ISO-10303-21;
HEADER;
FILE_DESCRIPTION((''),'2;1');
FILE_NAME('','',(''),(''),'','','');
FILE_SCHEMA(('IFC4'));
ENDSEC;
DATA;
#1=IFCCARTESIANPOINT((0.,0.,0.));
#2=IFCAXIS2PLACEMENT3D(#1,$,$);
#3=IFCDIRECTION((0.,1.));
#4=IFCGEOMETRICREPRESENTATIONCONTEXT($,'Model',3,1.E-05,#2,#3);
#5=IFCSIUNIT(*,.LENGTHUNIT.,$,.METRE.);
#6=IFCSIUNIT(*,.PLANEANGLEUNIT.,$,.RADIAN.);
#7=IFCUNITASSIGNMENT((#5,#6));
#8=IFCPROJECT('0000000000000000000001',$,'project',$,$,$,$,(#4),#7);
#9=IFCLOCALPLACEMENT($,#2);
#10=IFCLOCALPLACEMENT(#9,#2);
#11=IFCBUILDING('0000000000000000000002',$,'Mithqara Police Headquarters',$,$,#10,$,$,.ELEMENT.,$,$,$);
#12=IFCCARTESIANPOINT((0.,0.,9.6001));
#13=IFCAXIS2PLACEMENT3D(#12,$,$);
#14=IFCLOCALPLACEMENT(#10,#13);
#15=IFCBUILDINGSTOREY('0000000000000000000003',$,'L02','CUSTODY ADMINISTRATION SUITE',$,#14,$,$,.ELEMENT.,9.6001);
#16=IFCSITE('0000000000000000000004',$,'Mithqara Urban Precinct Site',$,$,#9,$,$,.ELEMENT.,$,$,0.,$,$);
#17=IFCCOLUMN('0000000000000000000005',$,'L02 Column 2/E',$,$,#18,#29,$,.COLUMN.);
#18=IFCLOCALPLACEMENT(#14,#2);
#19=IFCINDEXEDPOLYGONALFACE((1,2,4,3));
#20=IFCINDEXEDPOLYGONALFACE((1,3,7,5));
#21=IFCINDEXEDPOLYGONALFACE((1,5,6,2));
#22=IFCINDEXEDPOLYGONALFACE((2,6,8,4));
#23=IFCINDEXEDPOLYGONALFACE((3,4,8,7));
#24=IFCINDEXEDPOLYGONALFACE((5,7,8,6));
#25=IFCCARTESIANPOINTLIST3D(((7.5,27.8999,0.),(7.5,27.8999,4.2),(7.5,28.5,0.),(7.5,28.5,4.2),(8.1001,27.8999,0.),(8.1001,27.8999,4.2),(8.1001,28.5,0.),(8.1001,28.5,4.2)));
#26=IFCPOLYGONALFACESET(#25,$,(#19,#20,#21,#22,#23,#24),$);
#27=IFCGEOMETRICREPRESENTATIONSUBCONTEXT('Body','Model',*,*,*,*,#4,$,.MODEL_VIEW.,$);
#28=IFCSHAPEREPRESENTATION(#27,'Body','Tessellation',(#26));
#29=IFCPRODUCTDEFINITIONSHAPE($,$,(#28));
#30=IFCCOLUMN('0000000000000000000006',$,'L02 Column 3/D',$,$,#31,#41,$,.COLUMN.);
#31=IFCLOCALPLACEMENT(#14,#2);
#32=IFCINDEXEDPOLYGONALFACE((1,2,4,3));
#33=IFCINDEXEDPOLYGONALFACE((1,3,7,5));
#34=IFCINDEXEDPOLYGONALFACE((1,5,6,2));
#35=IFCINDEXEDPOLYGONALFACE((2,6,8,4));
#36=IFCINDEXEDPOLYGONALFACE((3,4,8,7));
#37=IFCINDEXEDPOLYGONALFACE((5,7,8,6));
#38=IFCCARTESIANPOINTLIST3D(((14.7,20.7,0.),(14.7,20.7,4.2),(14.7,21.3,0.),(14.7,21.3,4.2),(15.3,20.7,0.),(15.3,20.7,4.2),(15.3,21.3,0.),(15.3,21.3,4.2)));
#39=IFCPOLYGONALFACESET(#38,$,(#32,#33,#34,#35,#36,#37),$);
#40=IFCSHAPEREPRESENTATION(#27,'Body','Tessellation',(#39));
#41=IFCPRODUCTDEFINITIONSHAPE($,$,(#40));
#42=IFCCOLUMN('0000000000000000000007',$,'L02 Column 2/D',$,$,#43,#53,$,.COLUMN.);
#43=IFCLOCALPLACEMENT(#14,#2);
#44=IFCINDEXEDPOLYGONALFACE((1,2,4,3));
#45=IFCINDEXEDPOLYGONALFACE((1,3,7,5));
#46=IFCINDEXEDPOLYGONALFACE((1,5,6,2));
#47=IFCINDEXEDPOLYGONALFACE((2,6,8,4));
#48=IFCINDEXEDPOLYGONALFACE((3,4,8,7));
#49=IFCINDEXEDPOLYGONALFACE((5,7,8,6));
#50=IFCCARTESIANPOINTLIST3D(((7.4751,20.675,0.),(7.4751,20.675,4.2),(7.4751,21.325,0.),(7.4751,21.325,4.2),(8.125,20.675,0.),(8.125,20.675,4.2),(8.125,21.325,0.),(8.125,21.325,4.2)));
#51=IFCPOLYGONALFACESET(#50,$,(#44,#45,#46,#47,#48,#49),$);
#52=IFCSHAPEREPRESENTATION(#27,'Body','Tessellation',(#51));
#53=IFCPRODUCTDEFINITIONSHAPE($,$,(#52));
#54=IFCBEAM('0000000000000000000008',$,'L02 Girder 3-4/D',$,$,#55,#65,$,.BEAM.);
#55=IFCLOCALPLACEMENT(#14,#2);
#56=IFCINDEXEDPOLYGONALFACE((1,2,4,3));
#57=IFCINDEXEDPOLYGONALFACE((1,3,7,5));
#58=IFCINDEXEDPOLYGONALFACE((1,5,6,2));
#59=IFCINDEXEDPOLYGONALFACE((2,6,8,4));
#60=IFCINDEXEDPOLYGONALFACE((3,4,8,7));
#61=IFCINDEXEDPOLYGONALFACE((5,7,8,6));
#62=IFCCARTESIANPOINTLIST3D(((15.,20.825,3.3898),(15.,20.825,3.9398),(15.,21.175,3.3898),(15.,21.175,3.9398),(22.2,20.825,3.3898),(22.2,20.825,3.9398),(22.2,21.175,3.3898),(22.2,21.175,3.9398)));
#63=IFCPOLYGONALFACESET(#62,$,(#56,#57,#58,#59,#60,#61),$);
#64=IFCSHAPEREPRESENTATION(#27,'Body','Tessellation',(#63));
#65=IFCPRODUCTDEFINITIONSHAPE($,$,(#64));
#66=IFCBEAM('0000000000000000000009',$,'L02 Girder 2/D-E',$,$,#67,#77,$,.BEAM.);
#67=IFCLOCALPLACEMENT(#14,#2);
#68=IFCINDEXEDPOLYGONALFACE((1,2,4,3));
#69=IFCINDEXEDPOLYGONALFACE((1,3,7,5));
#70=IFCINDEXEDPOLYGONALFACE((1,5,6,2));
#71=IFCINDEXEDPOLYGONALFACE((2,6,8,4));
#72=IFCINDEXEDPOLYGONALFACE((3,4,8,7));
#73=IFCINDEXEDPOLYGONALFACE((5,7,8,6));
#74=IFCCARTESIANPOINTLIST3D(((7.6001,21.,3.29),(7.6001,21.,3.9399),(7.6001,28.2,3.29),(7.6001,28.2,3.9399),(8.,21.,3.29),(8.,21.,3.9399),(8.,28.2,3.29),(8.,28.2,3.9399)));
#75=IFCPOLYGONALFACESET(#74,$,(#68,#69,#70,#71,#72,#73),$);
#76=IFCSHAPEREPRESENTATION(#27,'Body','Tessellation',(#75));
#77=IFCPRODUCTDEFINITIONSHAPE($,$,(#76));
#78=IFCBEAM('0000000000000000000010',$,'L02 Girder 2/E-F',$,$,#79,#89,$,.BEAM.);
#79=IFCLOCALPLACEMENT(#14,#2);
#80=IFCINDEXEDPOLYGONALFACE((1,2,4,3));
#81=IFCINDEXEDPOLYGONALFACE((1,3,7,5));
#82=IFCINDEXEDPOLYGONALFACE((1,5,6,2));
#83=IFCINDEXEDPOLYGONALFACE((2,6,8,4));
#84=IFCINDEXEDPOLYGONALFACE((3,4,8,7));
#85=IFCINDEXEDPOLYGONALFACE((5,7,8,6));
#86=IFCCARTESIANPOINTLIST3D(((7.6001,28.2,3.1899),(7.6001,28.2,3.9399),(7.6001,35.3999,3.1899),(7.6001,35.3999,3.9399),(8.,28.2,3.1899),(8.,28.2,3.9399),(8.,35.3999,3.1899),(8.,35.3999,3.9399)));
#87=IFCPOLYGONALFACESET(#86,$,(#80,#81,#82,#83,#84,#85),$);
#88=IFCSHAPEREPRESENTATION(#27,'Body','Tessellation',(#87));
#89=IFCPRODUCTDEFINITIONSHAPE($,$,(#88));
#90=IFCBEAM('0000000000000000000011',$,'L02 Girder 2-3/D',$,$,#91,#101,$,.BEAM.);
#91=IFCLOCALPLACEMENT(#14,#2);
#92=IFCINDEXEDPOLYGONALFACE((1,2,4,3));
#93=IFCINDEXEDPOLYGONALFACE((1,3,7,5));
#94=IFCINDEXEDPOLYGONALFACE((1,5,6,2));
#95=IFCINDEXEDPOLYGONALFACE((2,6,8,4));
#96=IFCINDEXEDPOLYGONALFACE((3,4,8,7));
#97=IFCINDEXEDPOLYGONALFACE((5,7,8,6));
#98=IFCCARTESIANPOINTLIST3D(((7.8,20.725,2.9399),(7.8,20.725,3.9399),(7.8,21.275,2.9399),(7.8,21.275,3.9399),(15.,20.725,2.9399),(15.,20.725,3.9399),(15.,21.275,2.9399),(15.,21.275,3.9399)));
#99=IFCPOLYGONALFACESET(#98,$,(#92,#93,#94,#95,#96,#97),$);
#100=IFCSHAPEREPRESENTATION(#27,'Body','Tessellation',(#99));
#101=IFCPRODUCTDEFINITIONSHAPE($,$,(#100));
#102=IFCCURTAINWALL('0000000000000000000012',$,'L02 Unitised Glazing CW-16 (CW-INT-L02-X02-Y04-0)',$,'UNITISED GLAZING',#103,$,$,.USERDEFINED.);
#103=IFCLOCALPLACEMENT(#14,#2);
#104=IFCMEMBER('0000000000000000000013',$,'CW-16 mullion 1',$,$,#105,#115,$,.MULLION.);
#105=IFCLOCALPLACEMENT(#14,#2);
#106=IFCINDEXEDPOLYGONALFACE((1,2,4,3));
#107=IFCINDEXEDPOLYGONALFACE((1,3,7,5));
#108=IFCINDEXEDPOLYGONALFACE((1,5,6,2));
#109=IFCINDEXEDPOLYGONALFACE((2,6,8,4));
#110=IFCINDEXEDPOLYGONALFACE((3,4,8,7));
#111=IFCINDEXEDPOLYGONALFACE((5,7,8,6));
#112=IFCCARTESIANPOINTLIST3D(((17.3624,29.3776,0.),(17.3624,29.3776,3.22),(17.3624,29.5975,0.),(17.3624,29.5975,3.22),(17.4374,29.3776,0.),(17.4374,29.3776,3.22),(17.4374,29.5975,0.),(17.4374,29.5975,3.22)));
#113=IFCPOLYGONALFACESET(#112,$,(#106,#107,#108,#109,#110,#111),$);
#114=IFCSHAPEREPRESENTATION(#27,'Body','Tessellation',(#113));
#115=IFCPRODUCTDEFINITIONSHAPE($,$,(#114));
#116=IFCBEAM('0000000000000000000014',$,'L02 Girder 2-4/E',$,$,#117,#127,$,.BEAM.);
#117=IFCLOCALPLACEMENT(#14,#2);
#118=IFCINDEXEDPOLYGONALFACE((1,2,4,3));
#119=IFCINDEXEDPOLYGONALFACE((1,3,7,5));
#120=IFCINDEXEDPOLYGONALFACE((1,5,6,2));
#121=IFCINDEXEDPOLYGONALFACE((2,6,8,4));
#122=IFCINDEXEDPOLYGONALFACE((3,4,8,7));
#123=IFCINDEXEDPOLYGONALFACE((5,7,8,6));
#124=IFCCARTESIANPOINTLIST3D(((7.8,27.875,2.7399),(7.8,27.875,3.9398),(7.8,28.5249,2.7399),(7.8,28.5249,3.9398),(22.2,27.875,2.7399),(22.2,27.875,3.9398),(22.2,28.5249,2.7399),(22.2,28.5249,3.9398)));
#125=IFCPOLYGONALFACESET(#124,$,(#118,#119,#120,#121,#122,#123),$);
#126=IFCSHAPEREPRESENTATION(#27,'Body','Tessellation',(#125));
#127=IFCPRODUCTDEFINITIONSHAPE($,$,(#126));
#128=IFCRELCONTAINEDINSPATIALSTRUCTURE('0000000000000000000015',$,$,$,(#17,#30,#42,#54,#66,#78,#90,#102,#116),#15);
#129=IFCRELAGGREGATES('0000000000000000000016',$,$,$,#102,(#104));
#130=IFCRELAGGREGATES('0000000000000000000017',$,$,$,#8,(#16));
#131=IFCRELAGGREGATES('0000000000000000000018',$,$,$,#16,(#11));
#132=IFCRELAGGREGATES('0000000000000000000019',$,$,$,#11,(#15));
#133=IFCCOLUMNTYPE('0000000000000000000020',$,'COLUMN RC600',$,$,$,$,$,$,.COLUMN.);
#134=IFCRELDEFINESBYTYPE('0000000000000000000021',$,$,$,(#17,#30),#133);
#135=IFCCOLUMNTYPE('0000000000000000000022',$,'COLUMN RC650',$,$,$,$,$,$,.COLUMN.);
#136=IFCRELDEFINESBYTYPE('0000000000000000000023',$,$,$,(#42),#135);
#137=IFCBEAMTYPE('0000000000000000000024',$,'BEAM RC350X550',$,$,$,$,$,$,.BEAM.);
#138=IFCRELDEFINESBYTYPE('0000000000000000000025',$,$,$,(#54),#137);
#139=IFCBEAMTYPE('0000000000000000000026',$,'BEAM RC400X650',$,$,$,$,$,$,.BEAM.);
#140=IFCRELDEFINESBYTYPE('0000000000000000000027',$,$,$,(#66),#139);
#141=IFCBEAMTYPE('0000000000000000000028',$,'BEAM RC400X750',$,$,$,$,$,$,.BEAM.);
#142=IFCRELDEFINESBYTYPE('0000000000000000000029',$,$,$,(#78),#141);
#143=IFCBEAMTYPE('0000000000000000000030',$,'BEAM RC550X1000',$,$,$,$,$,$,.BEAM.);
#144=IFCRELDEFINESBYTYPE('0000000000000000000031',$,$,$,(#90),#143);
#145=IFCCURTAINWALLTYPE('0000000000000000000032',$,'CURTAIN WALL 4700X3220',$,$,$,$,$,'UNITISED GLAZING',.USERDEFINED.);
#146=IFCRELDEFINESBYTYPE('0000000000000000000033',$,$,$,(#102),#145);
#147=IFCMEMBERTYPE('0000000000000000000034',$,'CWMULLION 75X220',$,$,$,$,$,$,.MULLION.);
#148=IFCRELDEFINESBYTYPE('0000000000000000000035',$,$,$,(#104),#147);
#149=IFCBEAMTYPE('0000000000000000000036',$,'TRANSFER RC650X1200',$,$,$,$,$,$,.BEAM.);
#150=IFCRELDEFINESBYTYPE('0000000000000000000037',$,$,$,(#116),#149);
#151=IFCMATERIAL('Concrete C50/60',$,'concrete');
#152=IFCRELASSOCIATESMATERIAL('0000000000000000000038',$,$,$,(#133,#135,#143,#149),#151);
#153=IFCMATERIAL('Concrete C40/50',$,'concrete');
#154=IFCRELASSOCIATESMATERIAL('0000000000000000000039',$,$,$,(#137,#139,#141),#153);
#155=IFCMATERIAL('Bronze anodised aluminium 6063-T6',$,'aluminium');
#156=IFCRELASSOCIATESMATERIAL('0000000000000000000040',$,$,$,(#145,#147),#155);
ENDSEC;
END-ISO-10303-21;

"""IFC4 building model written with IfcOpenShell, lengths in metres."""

from ifc_helpers import new_model, si_unit, direction, frame, origin, origin_2d, place, context, subcontext, project, spatial, rectangle, extrude, material, material_profile, profile_set, type_object, element, aggregate, save


model = new_model("IFC4")

# Units and contexts
model_context = context("Model", 3, precision=1e-05, world=origin(), true_north=direction((0.0, 1.0)))
body_context = subcontext(model_context, "Body", "Model", "MODEL_VIEW")
ifc_project = project(units=[si_unit("LENGTHUNIT", "METRE"), si_unit("PLANEANGLEUNIT", "RADIAN")], contexts=[model_context])

# Site, building, storey
site_placement = place(None, origin())
site = spatial("IfcSite", under=ifc_project, at=site_placement, Name="Mithqara Urban Precinct Site", CompositionType="ELEMENT", RefElevation=0.0)
building_placement = place(site_placement, origin())
building = spatial("IfcBuilding", under=site, at=building_placement, Name="Mithqara Police Headquarters", CompositionType="ELEMENT")
storey_placement = place(building_placement, frame((0.0, 0.0, 9.6001)))
storey = spatial("IfcBuildingStorey", under=building, at=storey_placement, Name="L02", Description="CUSTODY ADMINISTRATION SUITE", CompositionType="ELEMENT", Elevation=9.6001)

# Columns
ifc_material_1 = material(Name="Concrete C50/60", Category="concrete")
ifc_material_profile_1 = material_profile(ifc_material_1, rectangle(XDim=0.6001, YDim=0.6001, at=origin_2d()), Name="RC 600x600")
ifc_profile_set_1 = profile_set([ifc_material_profile_1], Name="Concrete C50/60")
column_type_1 = type_object("IfcColumnType", Name="COLUMN RC600", PredefinedType="COLUMN", material=ifc_profile_set_1)
for number, where, z_axis, x_axis, name in (
    (1, (7.8, 28.2, 0.0), (0.0, 0.0, 1.0), (1.0, 0.0, 0.0), "L02 Column 2/E"),
    (2, (15.0, 21.0, 0.0), (0.0, 0.0, 1.0), (1.0, 0.0, 0.0), "L02 Column 3/D"),
):
    element("IfcColumn", number, at=place(storey_placement, frame(where, z_axis=z_axis, x_axis=x_axis)), inside=storey, type_object=column_type_1, Name=name, PredefinedType="COLUMN", context=body_context, shape_type="SweptSolid", body=[
        extrude(rectangle(XDim=0.6001, YDim=0.6001, at=origin_2d()), origin(), (0.0, 0.0, 1.0), 4.2),
    ])
ifc_material_profile_2 = material_profile(ifc_material_1, rectangle(XDim=0.6499, YDim=0.6499, at=origin_2d()), Name="RC 650x650")
ifc_profile_set_2 = profile_set([ifc_material_profile_2], Name="Concrete C50/60")
column_type_2 = type_object("IfcColumnType", Name="COLUMN RC650", PredefinedType="COLUMN", material=ifc_profile_set_2)
column_placement = place(storey_placement, frame((7.8, 21.0, 0.0), z_axis=(0.0, 0.0, 1.0), x_axis=(1.0, 0.0, 0.0)))
element("IfcColumn", 3, at=column_placement, inside=storey, type_object=column_type_2, Name="L02 Column 2/D", PredefinedType="COLUMN", context=body_context, shape_type="SweptSolid", body=[
    extrude(rectangle(XDim=0.6499, YDim=0.6499, at=origin_2d()), origin(), (0.0, 0.0, 1.0), 4.2),
])

# Beams
ifc_material_2 = material(Name="Concrete C40/50", Category="concrete")
ifc_material_profile_3 = material_profile(ifc_material_2, rectangle(XDim=0.3501, YDim=0.55, at=origin_2d()), Name="RC 350x550")
ifc_profile_set_3 = profile_set([ifc_material_profile_3], Name="Concrete C40/50")
beam_type_1 = type_object("IfcBeamType", Name="BEAM RC350X550", PredefinedType="BEAM", material=ifc_profile_set_3)
beam_1_placement = place(storey_placement, frame((15.0, 21.0, 3.6648), z_axis=(1.0, 0.0, 0.0), x_axis=(0.0, 1.0, 0.0)))
element("IfcBeam", 4, at=beam_1_placement, inside=storey, type_object=beam_type_1, Name="L02 Girder 3-4/D", PredefinedType="BEAM", context=body_context, shape_type="SweptSolid", body=[
    extrude(rectangle(XDim=0.3501, YDim=0.55, at=origin_2d()), origin(), (0.0, 0.0, 1.0), 7.2),
])
ifc_material_profile_4 = material_profile(ifc_material_2, rectangle(XDim=0.3999, YDim=0.6499, at=origin_2d()), Name="RC 400x650")
ifc_profile_set_4 = profile_set([ifc_material_profile_4], Name="Concrete C40/50")
beam_type_2 = type_object("IfcBeamType", Name="BEAM RC400X650", PredefinedType="BEAM", material=ifc_profile_set_4)
beam_2_placement = place(storey_placement, frame((7.8, 21.0, 3.615), z_axis=(0.0, 1.0, 0.0), x_axis=(-1.0, 0.0, 0.0)))
element("IfcBeam", 5, at=beam_2_placement, inside=storey, type_object=beam_type_2, Name="L02 Girder 2/D-E", PredefinedType="BEAM", context=body_context, shape_type="SweptSolid", body=[
    extrude(rectangle(XDim=0.3999, YDim=0.6499, at=origin_2d()), origin(), (0.0, 0.0, 1.0), 7.2),
])
ifc_material_profile_5 = material_profile(ifc_material_2, rectangle(XDim=0.3999, YDim=0.75, at=origin_2d()), Name="RC 400x750")
ifc_profile_set_5 = profile_set([ifc_material_profile_5], Name="Concrete C40/50")
beam_type_3 = type_object("IfcBeamType", Name="BEAM RC400X750", PredefinedType="BEAM", material=ifc_profile_set_5)
beam_3_placement = place(storey_placement, frame((7.8, 28.2, 3.5649), z_axis=(0.0, 1.0, 0.0), x_axis=(-1.0, 0.0, 0.0)))
element("IfcBeam", 6, at=beam_3_placement, inside=storey, type_object=beam_type_3, Name="L02 Girder 2/E-F", PredefinedType="BEAM", context=body_context, shape_type="SweptSolid", body=[
    extrude(rectangle(XDim=0.3999, YDim=0.75, at=origin_2d()), origin(), (0.0, 0.0, 1.0), 7.2),
])
ifc_material_profile_6 = material_profile(ifc_material_1, rectangle(XDim=0.55, YDim=1.0, at=origin_2d()), Name="RC 550x1000")
ifc_profile_set_6 = profile_set([ifc_material_profile_6], Name="Concrete C50/60")
beam_type_4 = type_object("IfcBeamType", Name="BEAM RC550X1000", PredefinedType="BEAM", material=ifc_profile_set_6)
beam_4_placement = place(storey_placement, frame((7.8, 21.0, 3.4399), z_axis=(1.0, 0.0, 0.0), x_axis=(0.0, 1.0, 0.0)))
element("IfcBeam", 7, at=beam_4_placement, inside=storey, type_object=beam_type_4, Name="L02 Girder 2-3/D", PredefinedType="BEAM", context=body_context, shape_type="SweptSolid", body=[
    extrude(rectangle(XDim=0.55, YDim=1.0, at=origin_2d()), origin(), (0.0, 0.0, 1.0), 7.2),
])

# Curtain wall, member
ifc_material_3 = material(Name="Bronze anodised aluminium 6063-T6", Category="aluminium")
curtain_wall_type = type_object("IfcCurtainWallType", Name="CURTAIN WALL 4700X3220", ElementType="UNITISED GLAZING", PredefinedType="USERDEFINED", material=ifc_material_3)
curtain_wall_placement = place(storey_placement, origin())
curtain_wall = element("IfcCurtainWall", 8, at=curtain_wall_placement, inside=storey, type_object=curtain_wall_type, Name="L02 Unitised Glazing CW-16 (CW-INT-L02-X02-Y04-0)", ObjectType="UNITISED GLAZING", PredefinedType="USERDEFINED")
ifc_material_profile_7 = material_profile(ifc_material_3, rectangle(XDim=0.075, YDim=0.22, at=origin_2d()), Name="CWM 75x220")
ifc_profile_set_7 = profile_set([ifc_material_profile_7], Name="Bronze anodised aluminium 6063-T6")
member_type = type_object("IfcMemberType", Name="CWMULLION 75X220", PredefinedType="MULLION", material=ifc_profile_set_7)
member_placement = place(storey_placement, frame((17.3999, 29.4875, 0.0), z_axis=(0.0, 0.0, 1.0), x_axis=(-1.0, 0.0, 0.0)))
member = element("IfcMember", 9, at=member_placement, type_object=member_type, Name="CW-16 mullion 1", PredefinedType="MULLION", context=body_context, shape_type="SweptSolid", body=[
    extrude(rectangle(XDim=0.075, YDim=0.22, at=origin_2d()), origin(), (0.0, 0.0, 1.0), 3.22),
])
aggregate(curtain_wall, [member])

# Beam
ifc_material_profile_8 = material_profile(ifc_material_1, rectangle(XDim=0.6499, YDim=1.2, at=origin_2d()), Name="RC 650x1200")
ifc_profile_set_8 = profile_set([ifc_material_profile_8], Name="Concrete C50/60")
beam_type_5 = type_object("IfcBeamType", Name="TRANSFER RC650X1200", PredefinedType="BEAM", material=ifc_profile_set_8)
beam_5_placement = place(storey_placement, frame((7.8, 28.2, 3.3398), z_axis=(1.0, 0.0, 0.0), x_axis=(0.0, 1.0, 0.0)))
element("IfcBeam", 10, at=beam_5_placement, inside=storey, type_object=beam_type_5, Name="L02 Girder 2-4/E", PredefinedType="BEAM", context=body_context, shape_type="SweptSolid", body=[
    extrude(rectangle(XDim=0.6499, YDim=1.2, at=origin_2d()), origin(), (0.0, 0.0, 1.0), 14.3999),
])

save(model, "model.ifc")
